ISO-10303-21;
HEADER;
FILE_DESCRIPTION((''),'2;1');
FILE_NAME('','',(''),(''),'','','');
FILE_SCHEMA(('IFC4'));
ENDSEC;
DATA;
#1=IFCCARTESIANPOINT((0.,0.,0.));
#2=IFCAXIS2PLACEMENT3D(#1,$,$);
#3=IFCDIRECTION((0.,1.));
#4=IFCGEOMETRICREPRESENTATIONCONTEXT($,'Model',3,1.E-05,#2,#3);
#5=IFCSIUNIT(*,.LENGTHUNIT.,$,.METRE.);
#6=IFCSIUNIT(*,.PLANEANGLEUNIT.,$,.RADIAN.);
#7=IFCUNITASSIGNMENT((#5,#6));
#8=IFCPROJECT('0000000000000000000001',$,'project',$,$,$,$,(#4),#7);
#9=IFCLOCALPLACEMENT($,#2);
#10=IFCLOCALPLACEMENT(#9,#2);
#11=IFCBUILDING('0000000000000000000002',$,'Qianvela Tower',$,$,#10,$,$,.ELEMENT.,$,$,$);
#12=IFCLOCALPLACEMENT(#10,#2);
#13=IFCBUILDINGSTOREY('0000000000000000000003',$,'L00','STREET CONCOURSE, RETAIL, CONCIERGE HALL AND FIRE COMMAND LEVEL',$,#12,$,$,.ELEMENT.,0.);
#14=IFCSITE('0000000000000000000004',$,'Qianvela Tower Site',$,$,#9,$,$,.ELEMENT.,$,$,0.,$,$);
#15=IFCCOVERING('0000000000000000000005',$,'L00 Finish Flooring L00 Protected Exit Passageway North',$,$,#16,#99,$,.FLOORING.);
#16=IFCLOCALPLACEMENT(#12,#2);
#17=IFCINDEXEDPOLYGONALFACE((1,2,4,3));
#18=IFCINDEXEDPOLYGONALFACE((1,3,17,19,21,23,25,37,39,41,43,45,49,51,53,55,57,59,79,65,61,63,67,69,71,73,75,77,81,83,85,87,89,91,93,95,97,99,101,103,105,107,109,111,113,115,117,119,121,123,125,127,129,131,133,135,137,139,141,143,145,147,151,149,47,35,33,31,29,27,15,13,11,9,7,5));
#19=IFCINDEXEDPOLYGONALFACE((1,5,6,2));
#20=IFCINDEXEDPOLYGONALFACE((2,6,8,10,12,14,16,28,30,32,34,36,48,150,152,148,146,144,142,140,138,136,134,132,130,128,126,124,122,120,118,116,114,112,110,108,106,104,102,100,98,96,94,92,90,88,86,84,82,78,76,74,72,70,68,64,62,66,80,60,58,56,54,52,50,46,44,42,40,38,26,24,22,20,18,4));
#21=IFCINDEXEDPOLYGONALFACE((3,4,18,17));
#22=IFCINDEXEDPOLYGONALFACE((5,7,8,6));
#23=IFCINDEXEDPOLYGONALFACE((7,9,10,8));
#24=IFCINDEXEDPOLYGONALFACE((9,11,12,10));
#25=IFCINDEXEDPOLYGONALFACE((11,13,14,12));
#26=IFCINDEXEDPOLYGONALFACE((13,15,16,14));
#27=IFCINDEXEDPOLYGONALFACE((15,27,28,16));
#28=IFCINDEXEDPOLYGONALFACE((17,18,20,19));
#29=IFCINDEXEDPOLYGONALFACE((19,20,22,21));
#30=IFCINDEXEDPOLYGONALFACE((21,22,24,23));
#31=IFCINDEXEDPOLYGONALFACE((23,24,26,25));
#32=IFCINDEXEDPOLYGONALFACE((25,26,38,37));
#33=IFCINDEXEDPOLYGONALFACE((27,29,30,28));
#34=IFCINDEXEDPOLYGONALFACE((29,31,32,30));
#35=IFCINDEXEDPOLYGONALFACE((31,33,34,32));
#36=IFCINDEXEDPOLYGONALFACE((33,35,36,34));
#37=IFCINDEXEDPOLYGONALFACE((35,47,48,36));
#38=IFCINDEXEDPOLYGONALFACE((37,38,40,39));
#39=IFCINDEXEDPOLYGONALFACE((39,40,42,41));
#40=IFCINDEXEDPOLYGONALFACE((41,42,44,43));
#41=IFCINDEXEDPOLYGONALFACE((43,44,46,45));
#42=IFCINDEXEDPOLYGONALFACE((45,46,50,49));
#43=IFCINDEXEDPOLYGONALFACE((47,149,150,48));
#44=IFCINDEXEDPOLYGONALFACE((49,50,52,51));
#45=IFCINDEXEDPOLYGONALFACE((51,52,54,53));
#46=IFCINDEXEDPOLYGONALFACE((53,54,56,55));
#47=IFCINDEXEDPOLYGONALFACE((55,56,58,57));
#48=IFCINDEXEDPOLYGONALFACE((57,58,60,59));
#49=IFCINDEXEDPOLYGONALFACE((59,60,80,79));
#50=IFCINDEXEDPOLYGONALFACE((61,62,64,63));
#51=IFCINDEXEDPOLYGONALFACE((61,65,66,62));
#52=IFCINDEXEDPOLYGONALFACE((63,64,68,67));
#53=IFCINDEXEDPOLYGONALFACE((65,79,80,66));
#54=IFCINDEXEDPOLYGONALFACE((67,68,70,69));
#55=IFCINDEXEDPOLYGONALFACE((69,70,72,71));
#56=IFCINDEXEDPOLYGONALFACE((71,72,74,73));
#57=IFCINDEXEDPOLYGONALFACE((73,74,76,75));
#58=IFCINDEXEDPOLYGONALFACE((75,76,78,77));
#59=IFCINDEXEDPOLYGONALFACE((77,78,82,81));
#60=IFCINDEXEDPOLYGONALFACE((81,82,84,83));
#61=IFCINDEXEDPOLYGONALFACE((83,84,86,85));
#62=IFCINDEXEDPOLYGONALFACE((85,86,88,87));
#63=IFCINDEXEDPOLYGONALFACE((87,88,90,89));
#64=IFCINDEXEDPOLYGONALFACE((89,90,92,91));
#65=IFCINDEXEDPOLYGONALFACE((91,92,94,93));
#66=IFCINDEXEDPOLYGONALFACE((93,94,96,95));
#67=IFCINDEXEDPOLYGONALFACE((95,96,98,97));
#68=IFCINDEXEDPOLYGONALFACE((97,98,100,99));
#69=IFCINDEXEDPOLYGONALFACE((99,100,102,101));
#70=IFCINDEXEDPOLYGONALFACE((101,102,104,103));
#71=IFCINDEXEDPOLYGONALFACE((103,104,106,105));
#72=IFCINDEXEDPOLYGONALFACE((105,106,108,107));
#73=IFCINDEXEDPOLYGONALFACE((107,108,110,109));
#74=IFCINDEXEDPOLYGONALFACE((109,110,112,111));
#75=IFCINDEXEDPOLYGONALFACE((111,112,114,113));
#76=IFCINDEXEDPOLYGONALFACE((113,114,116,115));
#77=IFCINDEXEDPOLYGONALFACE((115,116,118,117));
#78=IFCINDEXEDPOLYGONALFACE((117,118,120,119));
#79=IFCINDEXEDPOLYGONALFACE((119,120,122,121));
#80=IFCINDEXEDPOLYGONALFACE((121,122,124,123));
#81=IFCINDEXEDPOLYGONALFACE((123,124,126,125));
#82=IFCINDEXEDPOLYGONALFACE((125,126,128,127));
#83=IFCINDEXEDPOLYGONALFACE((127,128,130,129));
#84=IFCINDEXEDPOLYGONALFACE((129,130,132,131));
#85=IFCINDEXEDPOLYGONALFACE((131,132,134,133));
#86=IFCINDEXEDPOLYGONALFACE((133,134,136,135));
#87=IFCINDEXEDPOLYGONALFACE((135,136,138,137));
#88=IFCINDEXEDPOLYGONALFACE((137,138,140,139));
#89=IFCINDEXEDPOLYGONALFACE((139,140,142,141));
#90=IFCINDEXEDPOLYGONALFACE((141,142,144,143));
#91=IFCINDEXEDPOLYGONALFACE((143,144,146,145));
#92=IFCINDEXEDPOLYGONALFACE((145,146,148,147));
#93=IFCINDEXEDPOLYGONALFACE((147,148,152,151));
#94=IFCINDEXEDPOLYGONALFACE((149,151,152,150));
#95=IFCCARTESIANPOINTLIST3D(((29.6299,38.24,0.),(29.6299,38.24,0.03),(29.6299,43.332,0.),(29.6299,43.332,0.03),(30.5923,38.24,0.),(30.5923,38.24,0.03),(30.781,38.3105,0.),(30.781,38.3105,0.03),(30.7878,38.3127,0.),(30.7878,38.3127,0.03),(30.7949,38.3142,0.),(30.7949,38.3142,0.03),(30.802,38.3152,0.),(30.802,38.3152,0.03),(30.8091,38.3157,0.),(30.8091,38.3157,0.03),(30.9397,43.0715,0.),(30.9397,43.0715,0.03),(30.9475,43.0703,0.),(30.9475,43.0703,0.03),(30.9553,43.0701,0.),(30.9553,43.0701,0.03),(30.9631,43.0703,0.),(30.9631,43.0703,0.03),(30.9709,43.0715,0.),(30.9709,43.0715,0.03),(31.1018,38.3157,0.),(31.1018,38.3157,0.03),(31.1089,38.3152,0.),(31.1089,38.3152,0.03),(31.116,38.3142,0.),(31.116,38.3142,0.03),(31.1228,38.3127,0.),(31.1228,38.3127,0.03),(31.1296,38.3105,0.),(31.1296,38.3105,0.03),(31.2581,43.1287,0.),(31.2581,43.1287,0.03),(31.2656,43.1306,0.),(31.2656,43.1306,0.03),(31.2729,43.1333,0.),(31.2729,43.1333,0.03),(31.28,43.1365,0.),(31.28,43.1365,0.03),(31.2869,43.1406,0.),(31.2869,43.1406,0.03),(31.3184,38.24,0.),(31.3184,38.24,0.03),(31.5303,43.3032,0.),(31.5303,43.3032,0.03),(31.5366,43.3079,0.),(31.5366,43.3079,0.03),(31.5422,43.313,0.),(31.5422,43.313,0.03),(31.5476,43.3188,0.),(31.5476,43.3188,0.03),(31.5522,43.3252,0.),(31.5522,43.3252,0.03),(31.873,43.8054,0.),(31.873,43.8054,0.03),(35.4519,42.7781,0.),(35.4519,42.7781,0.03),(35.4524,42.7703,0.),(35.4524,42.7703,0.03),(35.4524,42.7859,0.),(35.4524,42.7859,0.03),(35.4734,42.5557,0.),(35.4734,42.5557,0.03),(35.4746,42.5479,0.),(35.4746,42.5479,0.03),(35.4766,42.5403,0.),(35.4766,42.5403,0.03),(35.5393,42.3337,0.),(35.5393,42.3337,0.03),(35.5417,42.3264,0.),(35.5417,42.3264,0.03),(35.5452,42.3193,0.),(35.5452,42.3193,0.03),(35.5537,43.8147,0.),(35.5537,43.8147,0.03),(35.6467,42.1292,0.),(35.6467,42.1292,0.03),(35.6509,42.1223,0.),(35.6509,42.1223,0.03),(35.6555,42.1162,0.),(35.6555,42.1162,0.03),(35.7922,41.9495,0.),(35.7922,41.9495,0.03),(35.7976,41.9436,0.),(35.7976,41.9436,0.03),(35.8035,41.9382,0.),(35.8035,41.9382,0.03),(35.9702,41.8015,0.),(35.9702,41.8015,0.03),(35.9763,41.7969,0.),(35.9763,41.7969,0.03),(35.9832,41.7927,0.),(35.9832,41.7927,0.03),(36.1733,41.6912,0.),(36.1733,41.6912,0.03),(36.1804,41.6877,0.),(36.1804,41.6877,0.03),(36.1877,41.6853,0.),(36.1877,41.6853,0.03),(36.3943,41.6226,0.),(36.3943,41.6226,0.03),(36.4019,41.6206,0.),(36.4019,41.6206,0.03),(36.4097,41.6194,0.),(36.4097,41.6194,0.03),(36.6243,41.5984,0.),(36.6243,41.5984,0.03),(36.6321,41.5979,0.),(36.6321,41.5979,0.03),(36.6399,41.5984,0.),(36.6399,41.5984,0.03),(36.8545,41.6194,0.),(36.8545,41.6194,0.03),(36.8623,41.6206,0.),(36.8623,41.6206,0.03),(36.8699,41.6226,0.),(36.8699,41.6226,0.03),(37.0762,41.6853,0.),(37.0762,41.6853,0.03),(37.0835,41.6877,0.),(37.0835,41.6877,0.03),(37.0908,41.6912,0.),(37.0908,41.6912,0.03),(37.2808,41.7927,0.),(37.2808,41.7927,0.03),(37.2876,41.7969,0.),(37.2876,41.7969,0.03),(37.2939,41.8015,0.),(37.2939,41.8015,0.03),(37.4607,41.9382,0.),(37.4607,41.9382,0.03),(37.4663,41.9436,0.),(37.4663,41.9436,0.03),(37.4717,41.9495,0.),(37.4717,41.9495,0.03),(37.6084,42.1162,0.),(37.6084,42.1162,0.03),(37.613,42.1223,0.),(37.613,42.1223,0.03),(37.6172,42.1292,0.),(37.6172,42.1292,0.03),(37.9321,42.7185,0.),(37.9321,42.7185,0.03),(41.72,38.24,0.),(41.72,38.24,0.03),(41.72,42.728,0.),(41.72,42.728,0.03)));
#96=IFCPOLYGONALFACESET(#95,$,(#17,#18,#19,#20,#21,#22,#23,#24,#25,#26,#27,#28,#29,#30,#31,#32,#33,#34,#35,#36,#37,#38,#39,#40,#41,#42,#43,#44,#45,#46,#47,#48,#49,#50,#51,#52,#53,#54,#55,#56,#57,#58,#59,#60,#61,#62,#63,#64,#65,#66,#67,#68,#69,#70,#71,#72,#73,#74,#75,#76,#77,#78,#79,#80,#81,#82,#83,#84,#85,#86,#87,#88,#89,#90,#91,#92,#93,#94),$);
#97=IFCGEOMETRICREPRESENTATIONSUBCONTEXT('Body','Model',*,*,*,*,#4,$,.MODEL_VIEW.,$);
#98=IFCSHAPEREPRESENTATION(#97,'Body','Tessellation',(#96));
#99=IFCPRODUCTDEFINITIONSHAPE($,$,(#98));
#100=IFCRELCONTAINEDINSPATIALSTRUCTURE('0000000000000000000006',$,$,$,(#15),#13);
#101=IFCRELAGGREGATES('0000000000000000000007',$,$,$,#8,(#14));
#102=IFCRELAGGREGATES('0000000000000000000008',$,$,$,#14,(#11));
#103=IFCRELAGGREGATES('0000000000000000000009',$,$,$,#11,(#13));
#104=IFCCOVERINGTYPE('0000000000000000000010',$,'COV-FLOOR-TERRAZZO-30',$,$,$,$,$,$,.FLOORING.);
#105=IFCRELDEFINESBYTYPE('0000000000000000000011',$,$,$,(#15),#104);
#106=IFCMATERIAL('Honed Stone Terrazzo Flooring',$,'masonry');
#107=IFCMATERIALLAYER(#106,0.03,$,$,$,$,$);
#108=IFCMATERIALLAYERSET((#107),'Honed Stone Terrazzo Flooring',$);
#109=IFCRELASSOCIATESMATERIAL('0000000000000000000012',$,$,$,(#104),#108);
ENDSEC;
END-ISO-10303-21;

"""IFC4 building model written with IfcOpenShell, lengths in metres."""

from ifc_helpers import new_model, si_unit, direction, origin, place, context, subcontext, project, spatial, polyline, outline, extrude, material, layer, layer_set, type_object, element, save


model = new_model("IFC4")

# Units and contexts
model_context = context("Model", 3, precision=1e-05, world=origin(), true_north=direction((0.0, 1.0)))
body_context = subcontext(model_context, "Body", "Model", "MODEL_VIEW")
ifc_project = project(units=[si_unit("LENGTHUNIT", "METRE"), si_unit("PLANEANGLEUNIT", "RADIAN")], contexts=[model_context])

# Site, building, storey
site_placement = place(None, origin())
site = spatial("IfcSite", under=ifc_project, at=site_placement, Name="Qianvela Tower Site", CompositionType="ELEMENT", RefElevation=0.0)
building_placement = place(site_placement, origin())
building = spatial("IfcBuilding", under=site, at=building_placement, Name="Qianvela Tower", CompositionType="ELEMENT")
storey_placement = place(building_placement, origin())
storey = spatial("IfcBuildingStorey", under=building, at=storey_placement, Name="L00", Description="STREET CONCOURSE, RETAIL, CONCIERGE HALL AND FIRE COMMAND LEVEL", CompositionType="ELEMENT", Elevation=0.0)

# Covering
ifc_material_1 = material(Name="Honed Stone Terrazzo Flooring", Category="masonry")
ifc_layer_1 = layer(ifc_material_1, 0.03)
ifc_layer_set_1 = layer_set([ifc_layer_1], Name="Honed Stone Terrazzo Flooring")
covering_type_1 = type_object("IfcCoveringType", Name="COV-FLOOR-TERRAZZO-30", PredefinedType="FLOORING", material=ifc_layer_set_1)
covering_1_placement = place(storey_placement, origin())
element("IfcCovering", 1, at=covering_1_placement, inside=storey, type_object=covering_type_1, Name="L00 Finish Flooring L00 Protected Exit Passageway North", PredefinedType="FLOORING", context=body_context, shape_type="SweptSolid", body=[
    extrude(outline(polyline([(29.6299, 43.332), (30.9397, 43.0715), (30.9475, 43.0703), (30.9553, 43.0701), (30.9631, 43.0703), (30.9709, 43.0715), (31.2581, 43.1287), (31.2656, 43.1306), (31.2729, 43.1333), (31.28, 43.1365), (31.2869, 43.1406), (31.5303, 43.3032), (31.5366, 43.3079), (31.5422, 43.313), (31.5476, 43.3188), (31.5522, 43.3252), (31.873, 43.8054), (35.5537, 43.8147), (35.4524, 42.7859), (35.4519, 42.7781), (35.4524, 42.7703), (35.4734, 42.5557), (35.4746, 42.5479), (35.4766, 42.5403), (35.5393, 42.3337), (35.5417, 42.3264), (35.5452, 42.3193), (35.6467, 42.1292), (35.6509, 42.1223), (35.6555, 42.1162), (35.7922, 41.9495), (35.7976, 41.9436), (35.8035, 41.9382), (35.9702, 41.8015), (35.9763, 41.7969), (35.9832, 41.7927), (36.1733, 41.6912), (36.1804, 41.6877), (36.1877, 41.6853), (36.3943, 41.6226), (36.4019, 41.6206), (36.4097, 41.6194), (36.6243, 41.5984), (36.6321, 41.5979), (36.6399, 41.5984), (36.8545, 41.6194), (36.8623, 41.6206), (36.8699, 41.6226), (37.0762, 41.6853), (37.0835, 41.6877), (37.0908, 41.6912), (37.2808, 41.7927), (37.2876, 41.7969), (37.2939, 41.8015), (37.4607, 41.9382), (37.4663, 41.9436), (37.4717, 41.9495), (37.6084, 42.1162), (37.613, 42.1223), (37.6172, 42.1292), (37.9321, 42.7185), (41.72, 42.728), (41.72, 38.24), (31.3184, 38.24), (31.1296, 38.3105), (31.1228, 38.3127), (31.116, 38.3142), (31.1089, 38.3152), (31.1018, 38.3157), (30.8091, 38.3157), (30.802, 38.3152), (30.7949, 38.3142), (30.7878, 38.3127), (30.781, 38.3105), (30.5923, 38.24), (29.6299, 38.24), (29.6299, 43.332)])), origin(), (0.0, 0.0, 1.0), 0.03),
])

save(model, "model.ifc")
